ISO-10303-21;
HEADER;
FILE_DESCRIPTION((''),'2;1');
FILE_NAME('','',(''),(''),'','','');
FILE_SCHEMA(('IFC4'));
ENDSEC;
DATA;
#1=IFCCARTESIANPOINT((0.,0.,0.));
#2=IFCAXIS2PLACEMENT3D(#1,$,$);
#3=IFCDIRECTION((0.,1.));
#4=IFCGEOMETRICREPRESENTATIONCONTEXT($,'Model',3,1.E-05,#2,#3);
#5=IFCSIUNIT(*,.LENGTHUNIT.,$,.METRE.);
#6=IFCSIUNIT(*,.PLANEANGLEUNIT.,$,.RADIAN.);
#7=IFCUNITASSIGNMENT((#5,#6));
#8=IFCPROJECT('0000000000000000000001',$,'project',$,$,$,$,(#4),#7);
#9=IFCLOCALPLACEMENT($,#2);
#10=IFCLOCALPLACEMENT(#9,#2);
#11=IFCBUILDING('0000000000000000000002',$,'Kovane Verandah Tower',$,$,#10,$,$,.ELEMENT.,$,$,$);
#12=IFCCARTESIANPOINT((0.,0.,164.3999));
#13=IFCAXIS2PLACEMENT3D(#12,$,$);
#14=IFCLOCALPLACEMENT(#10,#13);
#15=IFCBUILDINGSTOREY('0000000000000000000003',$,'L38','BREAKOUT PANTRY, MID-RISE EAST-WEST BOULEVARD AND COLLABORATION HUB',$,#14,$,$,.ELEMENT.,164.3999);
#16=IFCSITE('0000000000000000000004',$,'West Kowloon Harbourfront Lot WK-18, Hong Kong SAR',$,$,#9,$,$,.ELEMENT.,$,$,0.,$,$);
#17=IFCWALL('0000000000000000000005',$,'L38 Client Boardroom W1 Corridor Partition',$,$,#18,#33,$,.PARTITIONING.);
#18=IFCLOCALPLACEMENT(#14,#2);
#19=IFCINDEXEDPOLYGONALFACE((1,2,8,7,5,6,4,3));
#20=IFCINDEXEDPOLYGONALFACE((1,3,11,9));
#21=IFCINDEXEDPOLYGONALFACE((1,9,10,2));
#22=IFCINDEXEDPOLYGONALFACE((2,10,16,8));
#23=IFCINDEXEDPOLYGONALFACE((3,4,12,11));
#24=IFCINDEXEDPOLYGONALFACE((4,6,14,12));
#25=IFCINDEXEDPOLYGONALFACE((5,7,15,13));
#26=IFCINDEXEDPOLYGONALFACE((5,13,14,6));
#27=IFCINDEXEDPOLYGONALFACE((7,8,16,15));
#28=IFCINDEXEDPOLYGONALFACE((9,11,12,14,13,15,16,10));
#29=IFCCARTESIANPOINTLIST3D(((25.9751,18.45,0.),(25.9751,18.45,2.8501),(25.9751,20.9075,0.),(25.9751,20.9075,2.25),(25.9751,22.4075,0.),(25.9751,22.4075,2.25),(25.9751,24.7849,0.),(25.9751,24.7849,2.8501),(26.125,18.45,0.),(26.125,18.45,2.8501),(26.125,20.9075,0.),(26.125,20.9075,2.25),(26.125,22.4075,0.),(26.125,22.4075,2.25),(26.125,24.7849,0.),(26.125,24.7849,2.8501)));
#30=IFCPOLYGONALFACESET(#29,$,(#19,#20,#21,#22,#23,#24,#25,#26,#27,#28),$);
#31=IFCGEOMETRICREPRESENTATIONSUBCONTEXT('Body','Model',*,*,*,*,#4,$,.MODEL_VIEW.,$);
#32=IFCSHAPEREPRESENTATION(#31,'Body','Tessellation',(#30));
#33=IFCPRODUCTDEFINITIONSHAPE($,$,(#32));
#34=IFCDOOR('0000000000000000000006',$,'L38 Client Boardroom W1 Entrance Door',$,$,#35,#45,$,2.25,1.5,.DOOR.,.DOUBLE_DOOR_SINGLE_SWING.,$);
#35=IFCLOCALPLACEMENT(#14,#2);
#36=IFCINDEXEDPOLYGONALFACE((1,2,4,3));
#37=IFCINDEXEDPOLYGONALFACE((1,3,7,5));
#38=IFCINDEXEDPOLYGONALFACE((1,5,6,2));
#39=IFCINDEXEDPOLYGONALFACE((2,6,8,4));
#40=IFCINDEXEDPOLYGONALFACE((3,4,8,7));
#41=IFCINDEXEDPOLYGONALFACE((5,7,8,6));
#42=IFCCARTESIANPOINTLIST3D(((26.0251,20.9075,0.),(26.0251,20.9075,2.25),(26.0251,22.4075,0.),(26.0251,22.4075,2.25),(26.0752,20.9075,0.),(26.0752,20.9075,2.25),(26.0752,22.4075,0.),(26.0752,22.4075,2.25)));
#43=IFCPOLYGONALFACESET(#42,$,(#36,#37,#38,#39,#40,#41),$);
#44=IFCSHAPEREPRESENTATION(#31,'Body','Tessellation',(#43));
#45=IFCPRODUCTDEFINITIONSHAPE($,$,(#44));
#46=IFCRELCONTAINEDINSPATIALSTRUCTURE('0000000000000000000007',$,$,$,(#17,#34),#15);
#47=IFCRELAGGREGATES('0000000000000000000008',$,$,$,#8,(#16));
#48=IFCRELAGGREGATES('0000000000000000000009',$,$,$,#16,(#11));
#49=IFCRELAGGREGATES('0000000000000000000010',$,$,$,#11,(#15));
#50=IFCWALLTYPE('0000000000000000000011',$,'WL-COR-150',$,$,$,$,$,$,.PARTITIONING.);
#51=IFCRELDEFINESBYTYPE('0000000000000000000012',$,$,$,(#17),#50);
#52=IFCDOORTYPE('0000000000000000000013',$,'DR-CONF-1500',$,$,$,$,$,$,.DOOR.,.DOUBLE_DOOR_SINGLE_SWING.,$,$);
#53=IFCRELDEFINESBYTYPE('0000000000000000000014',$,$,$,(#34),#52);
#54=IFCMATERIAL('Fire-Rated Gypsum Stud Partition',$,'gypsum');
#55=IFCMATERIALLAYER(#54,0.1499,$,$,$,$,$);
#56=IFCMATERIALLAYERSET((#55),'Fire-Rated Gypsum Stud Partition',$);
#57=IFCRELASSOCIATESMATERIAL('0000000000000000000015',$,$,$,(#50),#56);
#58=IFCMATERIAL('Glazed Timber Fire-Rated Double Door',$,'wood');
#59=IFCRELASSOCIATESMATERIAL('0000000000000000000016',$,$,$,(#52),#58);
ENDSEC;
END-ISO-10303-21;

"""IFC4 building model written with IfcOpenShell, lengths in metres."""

from ifc_helpers import new_model, si_unit, direction, frame, frame_2d, origin, place, context, subcontext, project, spatial, rectangle, extrude, material, layer, layer_set, type_object, element, fill, save


model = new_model("IFC4")

# Units and contexts
model_context = context("Model", 3, precision=1e-05, world=origin(), true_north=direction((0.0, 1.0)))
body_context = subcontext(model_context, "Body", "Model", "MODEL_VIEW")
ifc_project = project(units=[si_unit("LENGTHUNIT", "METRE"), si_unit("PLANEANGLEUNIT", "RADIAN")], contexts=[model_context])

# Site, building, storey
site_placement = place(None, origin())
site = spatial("IfcSite", under=ifc_project, at=site_placement, Name="West Kowloon Harbourfront Lot WK-18, Hong Kong SAR", CompositionType="ELEMENT", RefElevation=0.0)
building_placement = place(site_placement, origin())
building = spatial("IfcBuilding", under=site, at=building_placement, Name="Kovane Verandah Tower", CompositionType="ELEMENT")
storey_placement = place(building_placement, frame((0.0, 0.0, 164.3999)))
storey = spatial("IfcBuildingStorey", under=building, at=storey_placement, Name="L38", Description="BREAKOUT PANTRY, MID-RISE EAST-WEST BOULEVARD AND COLLABORATION HUB", CompositionType="ELEMENT", Elevation=164.3999)

# Wall, opening, door
ifc_material_1 = material(Name="Fire-Rated Gypsum Stud Partition", Category="gypsum")
ifc_layer_1 = layer(ifc_material_1, 0.1499)
ifc_layer_set_1 = layer_set([ifc_layer_1], Name="Fire-Rated Gypsum Stud Partition")
wall_type = type_object("IfcWallType", Name="WL-COR-150", PredefinedType="PARTITIONING", material=ifc_layer_set_1)
wall_1_placement = place(storey_placement, frame((26.05, 18.45, 0.0), z_axis=(0.0, 0.0, 1.0), x_axis=(0.0, 1.0, 0.0)))
wall_1 = element("IfcWall", 1, at=wall_1_placement, inside=storey, type_object=wall_type, Name="L38 Client Boardroom W1 Corridor Partition", PredefinedType="PARTITIONING", context=body_context, shape_type="SweptSolid", body=[
    extrude(rectangle(XDim=6.335, YDim=0.1499, at=frame_2d((3.1675, 0.0))), origin(), (0.0, 0.0, 1.0), 2.8501),
])
opening_1_placement = place(wall_1_placement, frame((2.4575, 0.0, 0.0)))
opening_1 = element("IfcOpeningElement", 2, at=opening_1_placement, cuts=wall_1, PredefinedType="OPENING", context=body_context, shape_type="SweptSolid", body=[
    extrude(rectangle(XDim=1.5, YDim=2.25, at=frame_2d((0.75, 1.125))), frame((0.0, 0.075, 0.0), z_axis=(0.0, -1.0, 0.0), x_axis=(1.0, 0.0, 0.0)), (0.0, 0.0, 1.0), 0.1499),
])
ifc_material_2 = material(Name="Glazed Timber Fire-Rated Double Door", Category="wood")
door_type_1 = type_object("IfcDoorType", Name="DR-CONF-1500", OperationType="DOUBLE_DOOR_SINGLE_SWING", PredefinedType="DOOR", material=ifc_material_2)
door_1_placement = place(opening_1_placement, origin())
door_1 = element("IfcDoor", 3, at=door_1_placement, inside=storey, type_object=door_type_1, Name="L38 Client Boardroom W1 Entrance Door", OperationType="DOUBLE_DOOR_SINGLE_SWING", OverallHeight=2.25, OverallWidth=1.5, PredefinedType="DOOR", context=body_context, shape_type="SweptSolid", body=[
    extrude(rectangle(XDim=1.5, YDim=2.25, at=frame_2d((0.75, 1.125))), frame((0.0, 0.0249, 0.0), z_axis=(0.0, -1.0, 0.0), x_axis=(1.0, 0.0, 0.0)), (0.0, 0.0, 1.0), 0.05),
])
fill(opening_1, door_1)

save(model, "model.ifc")
